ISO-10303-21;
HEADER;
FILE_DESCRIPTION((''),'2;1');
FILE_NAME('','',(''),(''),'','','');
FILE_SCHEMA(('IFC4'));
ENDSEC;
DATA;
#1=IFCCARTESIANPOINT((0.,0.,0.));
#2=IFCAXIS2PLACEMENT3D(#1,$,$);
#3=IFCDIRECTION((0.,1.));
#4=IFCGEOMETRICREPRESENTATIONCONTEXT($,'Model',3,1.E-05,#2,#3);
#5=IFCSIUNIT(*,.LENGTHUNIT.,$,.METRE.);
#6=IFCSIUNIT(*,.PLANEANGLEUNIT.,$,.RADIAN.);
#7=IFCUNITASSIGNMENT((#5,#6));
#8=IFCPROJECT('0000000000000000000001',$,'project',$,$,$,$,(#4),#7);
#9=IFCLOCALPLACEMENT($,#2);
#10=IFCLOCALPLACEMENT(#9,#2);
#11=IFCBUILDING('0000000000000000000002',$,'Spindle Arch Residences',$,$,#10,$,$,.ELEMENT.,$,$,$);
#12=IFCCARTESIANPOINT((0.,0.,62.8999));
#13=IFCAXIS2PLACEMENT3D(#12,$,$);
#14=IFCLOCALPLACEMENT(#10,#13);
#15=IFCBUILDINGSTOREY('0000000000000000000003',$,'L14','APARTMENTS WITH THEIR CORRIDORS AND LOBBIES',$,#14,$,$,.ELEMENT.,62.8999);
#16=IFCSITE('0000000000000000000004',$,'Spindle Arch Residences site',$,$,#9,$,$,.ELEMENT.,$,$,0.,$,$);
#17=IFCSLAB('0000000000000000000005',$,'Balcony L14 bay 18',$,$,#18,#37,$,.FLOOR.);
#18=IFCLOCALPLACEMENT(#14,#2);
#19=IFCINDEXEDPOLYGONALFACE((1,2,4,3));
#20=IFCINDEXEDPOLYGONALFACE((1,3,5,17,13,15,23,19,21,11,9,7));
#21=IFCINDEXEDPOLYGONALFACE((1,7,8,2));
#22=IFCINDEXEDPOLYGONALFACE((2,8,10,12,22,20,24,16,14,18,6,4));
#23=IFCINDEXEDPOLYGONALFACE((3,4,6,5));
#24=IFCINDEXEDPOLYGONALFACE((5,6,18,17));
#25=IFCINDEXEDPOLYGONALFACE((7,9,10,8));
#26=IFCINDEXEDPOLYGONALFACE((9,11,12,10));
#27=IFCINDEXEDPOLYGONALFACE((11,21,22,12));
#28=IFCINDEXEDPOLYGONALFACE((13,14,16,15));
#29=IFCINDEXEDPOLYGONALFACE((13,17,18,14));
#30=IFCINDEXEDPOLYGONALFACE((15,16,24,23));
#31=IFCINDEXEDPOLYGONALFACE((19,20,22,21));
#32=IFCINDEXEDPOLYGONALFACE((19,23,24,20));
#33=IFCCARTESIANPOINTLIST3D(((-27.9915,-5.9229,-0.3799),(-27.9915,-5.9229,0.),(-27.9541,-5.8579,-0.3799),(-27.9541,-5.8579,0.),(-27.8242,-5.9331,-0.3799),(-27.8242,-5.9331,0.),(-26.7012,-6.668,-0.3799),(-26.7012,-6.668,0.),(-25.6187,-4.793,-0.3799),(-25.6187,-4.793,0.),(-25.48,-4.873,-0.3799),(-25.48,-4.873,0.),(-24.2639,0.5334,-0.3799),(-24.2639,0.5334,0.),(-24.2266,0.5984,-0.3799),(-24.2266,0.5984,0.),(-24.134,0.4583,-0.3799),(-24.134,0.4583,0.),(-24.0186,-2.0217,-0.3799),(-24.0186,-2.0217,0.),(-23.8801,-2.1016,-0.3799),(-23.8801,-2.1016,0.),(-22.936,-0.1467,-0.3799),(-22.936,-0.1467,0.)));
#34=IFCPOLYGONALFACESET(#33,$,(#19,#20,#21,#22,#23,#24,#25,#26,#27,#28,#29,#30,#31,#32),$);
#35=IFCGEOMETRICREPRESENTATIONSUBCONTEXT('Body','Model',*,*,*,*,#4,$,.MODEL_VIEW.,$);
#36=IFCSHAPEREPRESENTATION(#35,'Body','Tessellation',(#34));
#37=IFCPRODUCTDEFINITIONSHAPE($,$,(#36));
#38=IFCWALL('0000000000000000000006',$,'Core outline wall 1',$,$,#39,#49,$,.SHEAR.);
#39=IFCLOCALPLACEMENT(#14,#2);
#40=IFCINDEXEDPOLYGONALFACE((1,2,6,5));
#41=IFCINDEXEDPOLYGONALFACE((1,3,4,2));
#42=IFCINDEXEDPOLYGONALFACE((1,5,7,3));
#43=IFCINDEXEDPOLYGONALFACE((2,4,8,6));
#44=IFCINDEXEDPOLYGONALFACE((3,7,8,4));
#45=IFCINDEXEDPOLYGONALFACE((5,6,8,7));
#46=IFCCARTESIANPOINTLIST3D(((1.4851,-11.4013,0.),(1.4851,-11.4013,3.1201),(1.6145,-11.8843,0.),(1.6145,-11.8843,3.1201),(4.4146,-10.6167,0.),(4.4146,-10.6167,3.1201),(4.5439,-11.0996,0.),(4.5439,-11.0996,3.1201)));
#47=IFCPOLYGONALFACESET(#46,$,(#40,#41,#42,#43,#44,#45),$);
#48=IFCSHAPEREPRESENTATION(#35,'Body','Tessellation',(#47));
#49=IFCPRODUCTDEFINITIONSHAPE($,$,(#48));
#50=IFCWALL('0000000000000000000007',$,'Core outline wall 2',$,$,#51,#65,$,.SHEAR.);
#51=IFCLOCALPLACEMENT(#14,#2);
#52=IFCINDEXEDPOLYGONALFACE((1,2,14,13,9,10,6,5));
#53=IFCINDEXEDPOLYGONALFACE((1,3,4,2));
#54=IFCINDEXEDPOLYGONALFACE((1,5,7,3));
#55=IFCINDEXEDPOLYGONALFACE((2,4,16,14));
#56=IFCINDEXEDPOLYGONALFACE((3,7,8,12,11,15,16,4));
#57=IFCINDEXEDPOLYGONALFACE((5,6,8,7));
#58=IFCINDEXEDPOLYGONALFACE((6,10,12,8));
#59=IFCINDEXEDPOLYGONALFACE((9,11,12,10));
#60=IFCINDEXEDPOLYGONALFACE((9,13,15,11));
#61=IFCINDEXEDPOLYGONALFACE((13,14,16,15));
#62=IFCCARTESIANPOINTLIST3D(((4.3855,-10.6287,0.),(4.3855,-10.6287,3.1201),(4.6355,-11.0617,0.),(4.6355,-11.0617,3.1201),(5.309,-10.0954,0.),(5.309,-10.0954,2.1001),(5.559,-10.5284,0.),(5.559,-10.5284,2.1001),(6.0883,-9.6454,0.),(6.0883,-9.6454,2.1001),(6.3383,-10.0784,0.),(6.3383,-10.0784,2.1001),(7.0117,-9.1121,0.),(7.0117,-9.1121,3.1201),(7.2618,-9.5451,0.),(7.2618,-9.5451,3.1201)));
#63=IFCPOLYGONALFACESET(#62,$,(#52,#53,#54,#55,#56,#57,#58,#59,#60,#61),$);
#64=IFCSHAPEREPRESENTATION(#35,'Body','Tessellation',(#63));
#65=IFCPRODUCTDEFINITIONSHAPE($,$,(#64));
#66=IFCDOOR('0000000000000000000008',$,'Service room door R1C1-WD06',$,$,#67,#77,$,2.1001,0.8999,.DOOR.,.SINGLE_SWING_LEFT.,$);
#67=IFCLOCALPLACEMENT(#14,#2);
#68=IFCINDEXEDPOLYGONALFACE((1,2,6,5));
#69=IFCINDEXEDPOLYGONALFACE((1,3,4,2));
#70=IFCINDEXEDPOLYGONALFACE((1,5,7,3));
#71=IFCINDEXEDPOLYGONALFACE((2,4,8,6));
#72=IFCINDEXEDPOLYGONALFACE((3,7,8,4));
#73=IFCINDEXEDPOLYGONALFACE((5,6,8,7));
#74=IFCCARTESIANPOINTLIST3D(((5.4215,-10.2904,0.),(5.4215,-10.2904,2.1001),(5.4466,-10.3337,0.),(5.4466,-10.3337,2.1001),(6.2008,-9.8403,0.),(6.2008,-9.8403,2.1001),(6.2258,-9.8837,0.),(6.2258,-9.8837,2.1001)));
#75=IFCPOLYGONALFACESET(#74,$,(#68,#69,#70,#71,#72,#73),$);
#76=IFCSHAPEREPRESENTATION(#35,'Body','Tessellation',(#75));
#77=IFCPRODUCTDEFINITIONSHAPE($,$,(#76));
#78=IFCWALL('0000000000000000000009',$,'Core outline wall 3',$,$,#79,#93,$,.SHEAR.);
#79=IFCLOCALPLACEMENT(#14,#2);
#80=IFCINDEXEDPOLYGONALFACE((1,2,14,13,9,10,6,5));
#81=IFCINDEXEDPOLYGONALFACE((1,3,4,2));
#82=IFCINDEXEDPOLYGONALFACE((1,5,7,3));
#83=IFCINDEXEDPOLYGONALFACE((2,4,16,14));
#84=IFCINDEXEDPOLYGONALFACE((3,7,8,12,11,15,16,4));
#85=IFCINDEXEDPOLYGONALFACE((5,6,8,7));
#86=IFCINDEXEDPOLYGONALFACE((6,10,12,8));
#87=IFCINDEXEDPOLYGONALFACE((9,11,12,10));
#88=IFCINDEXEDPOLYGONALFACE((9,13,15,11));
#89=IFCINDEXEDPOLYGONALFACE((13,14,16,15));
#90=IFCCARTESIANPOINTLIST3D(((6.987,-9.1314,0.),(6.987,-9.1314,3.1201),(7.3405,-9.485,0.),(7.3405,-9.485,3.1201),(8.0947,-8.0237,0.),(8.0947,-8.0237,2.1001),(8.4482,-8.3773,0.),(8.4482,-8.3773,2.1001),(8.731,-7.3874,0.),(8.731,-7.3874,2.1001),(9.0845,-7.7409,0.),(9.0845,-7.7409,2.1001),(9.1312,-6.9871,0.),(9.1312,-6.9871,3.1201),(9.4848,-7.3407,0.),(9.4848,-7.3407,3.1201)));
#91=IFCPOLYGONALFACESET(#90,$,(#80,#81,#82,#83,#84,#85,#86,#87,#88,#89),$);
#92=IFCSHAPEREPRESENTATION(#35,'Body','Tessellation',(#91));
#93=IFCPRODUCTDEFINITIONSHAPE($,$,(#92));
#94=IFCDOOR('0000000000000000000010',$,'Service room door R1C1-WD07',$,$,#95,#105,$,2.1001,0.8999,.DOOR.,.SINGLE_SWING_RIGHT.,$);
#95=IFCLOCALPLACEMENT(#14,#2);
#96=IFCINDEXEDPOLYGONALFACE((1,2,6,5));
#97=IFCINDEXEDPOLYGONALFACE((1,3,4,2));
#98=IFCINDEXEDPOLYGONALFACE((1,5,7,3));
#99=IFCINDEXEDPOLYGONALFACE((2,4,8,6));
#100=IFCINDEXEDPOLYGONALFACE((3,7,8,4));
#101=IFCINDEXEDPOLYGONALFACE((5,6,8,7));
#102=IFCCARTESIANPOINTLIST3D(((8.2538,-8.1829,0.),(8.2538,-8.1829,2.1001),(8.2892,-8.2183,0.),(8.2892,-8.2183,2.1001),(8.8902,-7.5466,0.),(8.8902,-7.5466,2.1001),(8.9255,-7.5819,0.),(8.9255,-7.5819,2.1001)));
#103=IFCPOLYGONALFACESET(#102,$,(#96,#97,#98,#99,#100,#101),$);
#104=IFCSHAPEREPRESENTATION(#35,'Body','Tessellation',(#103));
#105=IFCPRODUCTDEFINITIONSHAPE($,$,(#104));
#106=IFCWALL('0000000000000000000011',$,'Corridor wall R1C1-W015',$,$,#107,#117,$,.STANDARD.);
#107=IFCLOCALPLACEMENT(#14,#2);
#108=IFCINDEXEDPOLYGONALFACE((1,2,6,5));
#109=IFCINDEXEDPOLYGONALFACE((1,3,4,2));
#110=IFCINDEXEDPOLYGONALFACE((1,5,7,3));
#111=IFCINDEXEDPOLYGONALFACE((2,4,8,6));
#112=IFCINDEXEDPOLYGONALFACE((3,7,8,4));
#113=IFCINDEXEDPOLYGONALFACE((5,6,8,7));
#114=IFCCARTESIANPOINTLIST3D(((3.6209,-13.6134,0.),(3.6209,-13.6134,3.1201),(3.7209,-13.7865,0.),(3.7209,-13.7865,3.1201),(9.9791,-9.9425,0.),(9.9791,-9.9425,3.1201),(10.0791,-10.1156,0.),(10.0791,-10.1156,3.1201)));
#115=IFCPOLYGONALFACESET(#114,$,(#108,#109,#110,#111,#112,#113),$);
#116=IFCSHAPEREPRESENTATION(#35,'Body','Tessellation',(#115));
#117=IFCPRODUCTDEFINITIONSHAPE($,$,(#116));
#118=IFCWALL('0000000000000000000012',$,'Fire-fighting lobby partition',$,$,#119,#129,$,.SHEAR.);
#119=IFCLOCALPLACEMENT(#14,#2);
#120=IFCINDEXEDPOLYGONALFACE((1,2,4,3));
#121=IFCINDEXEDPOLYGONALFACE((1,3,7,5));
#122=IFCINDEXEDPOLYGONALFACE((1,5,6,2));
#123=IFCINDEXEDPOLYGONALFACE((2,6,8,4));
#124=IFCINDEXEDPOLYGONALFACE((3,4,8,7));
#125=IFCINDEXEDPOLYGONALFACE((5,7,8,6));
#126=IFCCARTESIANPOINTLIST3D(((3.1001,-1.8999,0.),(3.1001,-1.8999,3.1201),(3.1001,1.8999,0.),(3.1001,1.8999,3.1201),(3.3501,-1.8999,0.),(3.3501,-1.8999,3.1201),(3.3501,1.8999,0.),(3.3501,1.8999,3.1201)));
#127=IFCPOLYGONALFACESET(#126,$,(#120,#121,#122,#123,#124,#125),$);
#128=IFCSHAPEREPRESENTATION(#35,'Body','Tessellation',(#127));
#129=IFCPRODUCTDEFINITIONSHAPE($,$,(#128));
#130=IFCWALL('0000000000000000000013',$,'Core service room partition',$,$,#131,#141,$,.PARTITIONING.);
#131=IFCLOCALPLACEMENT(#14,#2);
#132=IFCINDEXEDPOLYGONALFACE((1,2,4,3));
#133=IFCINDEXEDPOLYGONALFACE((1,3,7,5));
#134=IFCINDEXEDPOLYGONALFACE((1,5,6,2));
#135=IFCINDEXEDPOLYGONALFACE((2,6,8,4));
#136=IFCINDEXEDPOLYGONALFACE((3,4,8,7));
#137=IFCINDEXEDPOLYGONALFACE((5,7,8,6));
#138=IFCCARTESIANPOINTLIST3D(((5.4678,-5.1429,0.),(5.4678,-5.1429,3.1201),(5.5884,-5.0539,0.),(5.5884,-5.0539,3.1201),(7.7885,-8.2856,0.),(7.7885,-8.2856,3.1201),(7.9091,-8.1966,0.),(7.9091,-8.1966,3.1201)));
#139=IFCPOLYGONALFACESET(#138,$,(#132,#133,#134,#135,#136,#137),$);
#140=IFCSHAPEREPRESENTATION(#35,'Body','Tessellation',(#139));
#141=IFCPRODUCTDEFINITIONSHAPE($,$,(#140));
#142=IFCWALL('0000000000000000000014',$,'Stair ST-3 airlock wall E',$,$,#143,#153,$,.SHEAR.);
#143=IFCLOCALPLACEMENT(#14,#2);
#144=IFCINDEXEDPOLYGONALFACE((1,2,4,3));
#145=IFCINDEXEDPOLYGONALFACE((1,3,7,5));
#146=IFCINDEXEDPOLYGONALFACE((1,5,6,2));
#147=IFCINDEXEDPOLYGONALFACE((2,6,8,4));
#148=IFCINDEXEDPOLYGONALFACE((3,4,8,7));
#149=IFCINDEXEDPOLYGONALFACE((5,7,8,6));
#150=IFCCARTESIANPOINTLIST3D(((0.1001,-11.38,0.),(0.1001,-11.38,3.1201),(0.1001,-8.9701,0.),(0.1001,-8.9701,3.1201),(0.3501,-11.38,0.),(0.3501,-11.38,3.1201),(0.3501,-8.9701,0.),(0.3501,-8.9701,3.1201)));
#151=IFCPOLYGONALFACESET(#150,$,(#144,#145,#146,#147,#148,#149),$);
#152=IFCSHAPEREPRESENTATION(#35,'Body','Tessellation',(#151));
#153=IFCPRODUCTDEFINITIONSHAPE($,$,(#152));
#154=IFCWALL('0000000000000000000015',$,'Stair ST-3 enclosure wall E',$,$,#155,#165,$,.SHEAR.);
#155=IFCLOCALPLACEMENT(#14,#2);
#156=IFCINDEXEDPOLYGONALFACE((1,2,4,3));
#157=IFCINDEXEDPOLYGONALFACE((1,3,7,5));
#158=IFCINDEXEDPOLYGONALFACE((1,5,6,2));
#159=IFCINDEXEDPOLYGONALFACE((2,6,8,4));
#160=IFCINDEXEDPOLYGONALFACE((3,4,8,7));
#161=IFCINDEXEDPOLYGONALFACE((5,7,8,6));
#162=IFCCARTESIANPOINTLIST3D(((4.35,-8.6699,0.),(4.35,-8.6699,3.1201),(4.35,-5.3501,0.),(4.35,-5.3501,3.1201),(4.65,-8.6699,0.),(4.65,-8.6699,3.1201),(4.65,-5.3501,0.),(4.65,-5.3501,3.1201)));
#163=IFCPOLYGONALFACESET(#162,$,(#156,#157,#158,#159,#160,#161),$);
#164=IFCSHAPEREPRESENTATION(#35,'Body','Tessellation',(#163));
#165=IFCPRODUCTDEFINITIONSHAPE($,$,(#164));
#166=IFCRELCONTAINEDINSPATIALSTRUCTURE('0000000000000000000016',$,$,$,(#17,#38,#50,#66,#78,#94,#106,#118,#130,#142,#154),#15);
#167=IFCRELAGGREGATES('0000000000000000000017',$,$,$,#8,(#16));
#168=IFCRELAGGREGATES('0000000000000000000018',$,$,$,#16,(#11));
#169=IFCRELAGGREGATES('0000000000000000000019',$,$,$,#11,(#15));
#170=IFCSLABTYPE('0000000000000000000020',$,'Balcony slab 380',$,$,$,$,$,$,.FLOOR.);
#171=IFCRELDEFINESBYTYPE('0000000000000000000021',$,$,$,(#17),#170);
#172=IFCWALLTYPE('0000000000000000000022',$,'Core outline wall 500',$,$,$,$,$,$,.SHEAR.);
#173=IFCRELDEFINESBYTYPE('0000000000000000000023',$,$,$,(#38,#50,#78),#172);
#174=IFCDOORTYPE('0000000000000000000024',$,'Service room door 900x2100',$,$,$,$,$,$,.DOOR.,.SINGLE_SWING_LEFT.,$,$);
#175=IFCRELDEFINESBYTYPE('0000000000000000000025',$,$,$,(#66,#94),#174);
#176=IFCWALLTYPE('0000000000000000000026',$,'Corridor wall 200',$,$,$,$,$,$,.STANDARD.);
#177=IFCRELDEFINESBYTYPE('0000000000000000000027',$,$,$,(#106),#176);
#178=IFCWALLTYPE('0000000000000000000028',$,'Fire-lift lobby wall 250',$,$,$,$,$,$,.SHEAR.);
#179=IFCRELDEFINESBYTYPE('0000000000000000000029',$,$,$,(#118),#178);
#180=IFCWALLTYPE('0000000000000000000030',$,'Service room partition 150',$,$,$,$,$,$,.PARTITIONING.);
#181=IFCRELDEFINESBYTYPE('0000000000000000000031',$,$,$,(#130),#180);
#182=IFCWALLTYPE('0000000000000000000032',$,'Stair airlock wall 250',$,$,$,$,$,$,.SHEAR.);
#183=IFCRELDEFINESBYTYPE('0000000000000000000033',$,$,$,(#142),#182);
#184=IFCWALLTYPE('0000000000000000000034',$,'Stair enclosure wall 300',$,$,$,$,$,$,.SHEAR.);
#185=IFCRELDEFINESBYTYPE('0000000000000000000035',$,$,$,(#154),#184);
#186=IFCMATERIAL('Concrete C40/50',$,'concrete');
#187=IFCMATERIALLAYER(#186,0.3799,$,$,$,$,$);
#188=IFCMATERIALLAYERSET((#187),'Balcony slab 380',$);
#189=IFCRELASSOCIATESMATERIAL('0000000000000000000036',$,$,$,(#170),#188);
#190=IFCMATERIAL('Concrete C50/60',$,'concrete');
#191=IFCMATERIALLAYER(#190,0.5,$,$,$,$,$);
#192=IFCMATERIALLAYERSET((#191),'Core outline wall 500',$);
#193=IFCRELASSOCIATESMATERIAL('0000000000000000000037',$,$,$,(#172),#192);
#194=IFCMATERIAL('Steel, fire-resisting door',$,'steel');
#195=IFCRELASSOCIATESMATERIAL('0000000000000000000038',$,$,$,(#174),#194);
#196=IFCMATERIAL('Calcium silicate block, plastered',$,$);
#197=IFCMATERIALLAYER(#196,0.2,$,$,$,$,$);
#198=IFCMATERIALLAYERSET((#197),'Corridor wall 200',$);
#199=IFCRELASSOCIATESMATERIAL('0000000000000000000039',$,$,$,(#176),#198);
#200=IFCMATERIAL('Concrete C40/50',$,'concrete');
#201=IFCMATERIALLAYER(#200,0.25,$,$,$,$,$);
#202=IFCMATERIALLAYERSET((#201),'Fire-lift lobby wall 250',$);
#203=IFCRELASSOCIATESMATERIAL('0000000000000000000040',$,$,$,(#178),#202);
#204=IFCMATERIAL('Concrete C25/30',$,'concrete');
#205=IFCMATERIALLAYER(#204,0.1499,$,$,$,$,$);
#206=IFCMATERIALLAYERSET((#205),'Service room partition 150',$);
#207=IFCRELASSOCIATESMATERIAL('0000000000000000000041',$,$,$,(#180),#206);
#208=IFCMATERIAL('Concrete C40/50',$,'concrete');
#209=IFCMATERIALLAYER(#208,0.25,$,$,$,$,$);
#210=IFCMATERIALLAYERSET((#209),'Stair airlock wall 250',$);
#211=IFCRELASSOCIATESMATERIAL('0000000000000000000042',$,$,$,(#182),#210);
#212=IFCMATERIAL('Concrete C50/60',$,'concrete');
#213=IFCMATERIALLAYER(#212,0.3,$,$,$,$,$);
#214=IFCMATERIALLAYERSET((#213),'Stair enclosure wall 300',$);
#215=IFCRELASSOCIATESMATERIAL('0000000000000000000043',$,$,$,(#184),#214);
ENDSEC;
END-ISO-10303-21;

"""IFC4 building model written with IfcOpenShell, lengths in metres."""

from ifc_helpers import new_model, si_unit, direction, frame, frame_2d, origin, place, context, subcontext, project, spatial, polyline, rectangle, outline, extrude, material, layer, layer_set, type_object, element, fill, save


model = new_model("IFC4")

# Units and contexts
model_context = context("Model", 3, precision=1e-05, world=origin(), true_north=direction((0.0, 1.0)))
body_context = subcontext(model_context, "Body", "Model", "MODEL_VIEW")
ifc_project = project(units=[si_unit("LENGTHUNIT", "METRE"), si_unit("PLANEANGLEUNIT", "RADIAN")], contexts=[model_context])

# Site, building, storey
site_placement = place(None, origin())
site = spatial("IfcSite", under=ifc_project, at=site_placement, Name="Spindle Arch Residences site", CompositionType="ELEMENT", RefElevation=0.0)
building_placement = place(site_placement, origin())
building = spatial("IfcBuilding", under=site, at=building_placement, Name="Spindle Arch Residences", CompositionType="ELEMENT")
storey_placement = place(building_placement, frame((0.0, 0.0, 62.8999)))
storey = spatial("IfcBuildingStorey", under=building, at=storey_placement, Name="L14", Description="APARTMENTS WITH THEIR CORRIDORS AND LOBBIES", CompositionType="ELEMENT", Elevation=62.8999)

# Slab
ifc_material_1 = material(Name="Concrete C40/50", Category="concrete")
ifc_layer_1 = layer(ifc_material_1, 0.3799)
ifc_layer_set_1 = layer_set([ifc_layer_1], Name="Balcony slab 380")
slab_type = type_object("IfcSlabType", Name="Balcony slab 380", PredefinedType="FLOOR", material=ifc_layer_set_1)
slab_placement = place(storey_placement, frame((0.0, 0.0, -0.3799)))
element("IfcSlab", 1, at=slab_placement, inside=storey, type_object=slab_type, Name="Balcony L14 bay 18", PredefinedType="FLOOR", context=body_context, shape_type="SweptSolid", body=[
    extrude(outline(polyline([(-24.2266, 0.5984), (-24.2639, 0.5334), (-24.134, 0.4583), (-27.8242, -5.9331), (-27.9541, -5.8579), (-27.9915, -5.9229), (-26.7012, -6.668), (-25.6187, -4.793), (-25.48, -4.873), (-23.8801, -2.1016), (-24.0186, -2.0217), (-22.936, -0.1467), (-24.2266, 0.5984)])), origin(), (0.0, 0.0, 1.0), 0.3799),
])

# Wall
ifc_material_2 = material(Name="Concrete C50/60", Category="concrete")
ifc_layer_2 = layer(ifc_material_2, 0.5)
ifc_layer_set_2 = layer_set([ifc_layer_2], Name="Core outline wall 500")
wall_type_1 = type_object("IfcWallType", Name="Core outline wall 500", PredefinedType="SHEAR", material=ifc_layer_set_2)
wall_1_placement = place(storey_placement, frame((1.5498, -11.6428, 0.0), z_axis=(0.0, 0.0, 1.0), x_axis=(0.965948, 0.258735, 0.0)))
element("IfcWall", 2, at=wall_1_placement, inside=storey, type_object=wall_type_1, Name="Core outline wall 1", PredefinedType="SHEAR", context=body_context, shape_type="SweptSolid", body=[
    extrude(rectangle(XDim=3.0327, YDim=0.5, at=frame_2d((1.5164, 0.0))), origin(), (0.0, 0.0, 1.0), 3.1201),
])

# Walls, openings, doors
wall_2_placement = place(storey_placement, frame((4.5105, -10.8452, 0.0), z_axis=(0.0, 0.0, 1.0), x_axis=(0.865975, 0.500087, 0.0)))
wall_2 = element("IfcWall", 3, at=wall_2_placement, inside=storey, type_object=wall_type_1, Name="Core outline wall 2", PredefinedType="SHEAR", context=body_context, shape_type="SweptSolid", body=[
    extrude(rectangle(XDim=3.0327, YDim=0.5, at=frame_2d((1.5164, 0.0))), origin(), (0.0, 0.0, 1.0), 3.1201),
])
opening_1_placement = place(wall_2_placement, frame((1.0664, 0.0, 0.0)))
opening_1 = element("IfcOpeningElement", 4, at=opening_1_placement, cuts=wall_2, PredefinedType="OPENING", context=body_context, shape_type="SweptSolid", body=[
    extrude(rectangle(XDim=0.8999, YDim=2.1001, at=frame_2d((0.45, 1.05))), frame((0.0, 0.26, 0.0), z_axis=(0.0, -1.0, 0.0), x_axis=(1.0, 0.0, 0.0)), (0.0, 0.0, 1.0), 0.52),
])
ifc_material_3 = material(Name="Steel, fire-resisting door", Category="steel")
door_type_1 = type_object("IfcDoorType", Name="Service room door 900x2100", OperationType="SINGLE_SWING_LEFT", PredefinedType="DOOR", material=ifc_material_3)
door_1_placement = place(opening_1_placement, origin())
door_1 = element("IfcDoor", 5, at=door_1_placement, inside=storey, type_object=door_type_1, Name="Service room door R1C1-WD06", OperationType="SINGLE_SWING_LEFT", OverallHeight=2.1001, OverallWidth=0.8999, PredefinedType="DOOR", context=body_context, shape_type="SweptSolid", body=[
    extrude(rectangle(XDim=0.8999, YDim=2.1001, at=frame_2d((0.45, 1.05))), frame((0.0, 0.0249, 0.0), z_axis=(0.0, -1.0, 0.0), x_axis=(1.0, 0.0, 0.0)), (0.0, 0.0, 1.0), 0.05),
])
fill(opening_1, door_1)
wall_3_placement = place(storey_placement, frame((7.1638, -9.3081, 0.0), z_axis=(0.0, 0.0, 1.0), x_axis=(0.707107, 0.707107, 0.0)))
wall_3 = element("IfcWall", 6, at=wall_3_placement, inside=storey, type_object=wall_type_1, Name="Core outline wall 3", PredefinedType="SHEAR", context=body_context, shape_type="SweptSolid", body=[
    extrude(rectangle(XDim=3.0325, YDim=0.5, at=frame_2d((1.5161, 0.0))), origin(), (0.0, 0.0, 1.0), 3.1201),
])
opening_2_placement = place(wall_3_placement, frame((1.5664, 0.0, 0.0)))
opening_2 = element("IfcOpeningElement", 7, at=opening_2_placement, cuts=wall_3, PredefinedType="OPENING", context=body_context, shape_type="SweptSolid", body=[
    extrude(rectangle(XDim=0.8999, YDim=2.1001, at=frame_2d((0.45, 1.05))), frame((0.0, 0.26, 0.0), z_axis=(0.0, -1.0, 0.0), x_axis=(1.0, 0.0, 0.0)), (0.0, 0.0, 1.0), 0.52),
])
door_2_placement = place(opening_2_placement, origin())
door_2 = element("IfcDoor", 8, at=door_2_placement, inside=storey, type_object=door_type_1, Name="Service room door R1C1-WD07", OperationType="SINGLE_SWING_RIGHT", OverallHeight=2.1001, OverallWidth=0.8999, PredefinedType="DOOR", context=body_context, shape_type="SweptSolid", body=[
    extrude(rectangle(XDim=0.8999, YDim=2.1001, at=frame_2d((0.45, 1.05))), frame((0.0, 0.0249, 0.0), z_axis=(0.0, -1.0, 0.0), x_axis=(1.0, 0.0, 0.0)), (0.0, 0.0, 1.0), 0.05),
])
fill(opening_2, door_2)

# Walls
ifc_material_4 = material(Name="Calcium silicate block, plastered")
ifc_layer_3 = layer(ifc_material_4, 0.2)
ifc_layer_set_3 = layer_set([ifc_layer_3], Name="Corridor wall 200")
wall_type_2 = type_object("IfcWallType", Name="Corridor wall 200", PredefinedType="STANDARD", material=ifc_layer_set_3)
wall_4_placement = place(storey_placement, frame((3.6709, -13.7, 0.0), z_axis=(0.0, 0.0, 1.0), x_axis=(0.866024, 0.500002, 0.0)))
element("IfcWall", 9, at=wall_4_placement, inside=storey, type_object=wall_type_2, Name="Corridor wall R1C1-W015", PredefinedType="STANDARD", context=body_context, shape_type="SweptSolid", body=[
    extrude(rectangle(XDim=7.3418, YDim=0.2, at=frame_2d((3.6709, 0.0))), origin(), (0.0, 0.0, 1.0), 3.1201),
])
ifc_material_5 = material(Name="Concrete C40/50", Category="concrete")
ifc_layer_4 = layer(ifc_material_5, 0.25)
ifc_layer_set_4 = layer_set([ifc_layer_4], Name="Fire-lift lobby wall 250")
wall_type_3 = type_object("IfcWallType", Name="Fire-lift lobby wall 250", PredefinedType="SHEAR", material=ifc_layer_set_4)
wall_5_placement = place(storey_placement, frame((3.2251, -1.8999, 0.0), z_axis=(0.0, 0.0, 1.0), x_axis=(0.0, 1.0, 0.0)))
element("IfcWall", 10, at=wall_5_placement, inside=storey, type_object=wall_type_3, Name="Fire-fighting lobby partition", PredefinedType="SHEAR", context=body_context, shape_type="SweptSolid", body=[
    extrude(rectangle(XDim=3.7998, YDim=0.25, at=frame_2d((1.8999, 0.0))), origin(), (0.0, 0.0, 1.0), 3.1201),
])

# Walls
ifc_material_6 = material(Name="Concrete C25/30", Category="concrete")
ifc_layer_5 = layer(ifc_material_6, 0.1499)
ifc_layer_set_5 = layer_set([ifc_layer_5], Name="Service room partition 150")
wall_type_4 = type_object("IfcWallType", Name="Service room partition 150", PredefinedType="PARTITIONING", material=ifc_layer_set_5)
wall_6_placement = place(storey_placement, frame((5.5281, -5.0984, 0.0), z_axis=(0.0, 0.0, 1.0), x_axis=(0.594034, -0.80444, 0.0)))
element("IfcWall", 11, at=wall_6_placement, inside=storey, type_object=wall_type_4, Name="Core service room partition", PredefinedType="PARTITIONING", context=body_context, shape_type="SweptSolid", body=[
    extrude(rectangle(XDim=3.9067, YDim=0.1499, at=frame_2d((1.9534, 0.0))), origin(), (0.0, 0.0, 1.0), 3.1201),
])
ifc_material_7 = material(Name="Concrete C40/50", Category="concrete")
ifc_layer_6 = layer(ifc_material_7, 0.25)
ifc_layer_set_6 = layer_set([ifc_layer_6], Name="Stair airlock wall 250")
wall_type_5 = type_object("IfcWallType", Name="Stair airlock wall 250", PredefinedType="SHEAR", material=ifc_layer_set_6)
wall_7_placement = place(storey_placement, frame((0.2251, -8.97, 0.0), z_axis=(0.0, 0.0, 1.0), x_axis=(0.0, -1.0, 0.0)))
element("IfcWall", 12, at=wall_7_placement, inside=storey, type_object=wall_type_5, Name="Stair ST-3 airlock wall E", PredefinedType="SHEAR", context=body_context, shape_type="SweptSolid", body=[
    extrude(rectangle(XDim=2.4099, YDim=0.25, at=frame_2d((1.2051, 0.0))), origin(), (0.0, 0.0, 1.0), 3.1201),
])
ifc_material_8 = material(Name="Concrete C50/60", Category="concrete")
ifc_layer_7 = layer(ifc_material_8, 0.3)
ifc_layer_set_7 = layer_set([ifc_layer_7], Name="Stair enclosure wall 300")
wall_type_6 = type_object("IfcWallType", Name="Stair enclosure wall 300", PredefinedType="SHEAR", material=ifc_layer_set_7)
wall_8_placement = place(storey_placement, frame((4.5, -8.6699, 0.0), z_axis=(0.0, 0.0, 1.0), x_axis=(0.0, 1.0, 0.0)))
element("IfcWall", 13, at=wall_8_placement, inside=storey, type_object=wall_type_6, Name="Stair ST-3 enclosure wall E", PredefinedType="SHEAR", context=body_context, shape_type="SweptSolid", body=[
    extrude(rectangle(XDim=3.3198, YDim=0.3, at=frame_2d((1.6599, 0.0))), origin(), (0.0, 0.0, 1.0), 3.1201),
])

save(model, "model.ifc")
